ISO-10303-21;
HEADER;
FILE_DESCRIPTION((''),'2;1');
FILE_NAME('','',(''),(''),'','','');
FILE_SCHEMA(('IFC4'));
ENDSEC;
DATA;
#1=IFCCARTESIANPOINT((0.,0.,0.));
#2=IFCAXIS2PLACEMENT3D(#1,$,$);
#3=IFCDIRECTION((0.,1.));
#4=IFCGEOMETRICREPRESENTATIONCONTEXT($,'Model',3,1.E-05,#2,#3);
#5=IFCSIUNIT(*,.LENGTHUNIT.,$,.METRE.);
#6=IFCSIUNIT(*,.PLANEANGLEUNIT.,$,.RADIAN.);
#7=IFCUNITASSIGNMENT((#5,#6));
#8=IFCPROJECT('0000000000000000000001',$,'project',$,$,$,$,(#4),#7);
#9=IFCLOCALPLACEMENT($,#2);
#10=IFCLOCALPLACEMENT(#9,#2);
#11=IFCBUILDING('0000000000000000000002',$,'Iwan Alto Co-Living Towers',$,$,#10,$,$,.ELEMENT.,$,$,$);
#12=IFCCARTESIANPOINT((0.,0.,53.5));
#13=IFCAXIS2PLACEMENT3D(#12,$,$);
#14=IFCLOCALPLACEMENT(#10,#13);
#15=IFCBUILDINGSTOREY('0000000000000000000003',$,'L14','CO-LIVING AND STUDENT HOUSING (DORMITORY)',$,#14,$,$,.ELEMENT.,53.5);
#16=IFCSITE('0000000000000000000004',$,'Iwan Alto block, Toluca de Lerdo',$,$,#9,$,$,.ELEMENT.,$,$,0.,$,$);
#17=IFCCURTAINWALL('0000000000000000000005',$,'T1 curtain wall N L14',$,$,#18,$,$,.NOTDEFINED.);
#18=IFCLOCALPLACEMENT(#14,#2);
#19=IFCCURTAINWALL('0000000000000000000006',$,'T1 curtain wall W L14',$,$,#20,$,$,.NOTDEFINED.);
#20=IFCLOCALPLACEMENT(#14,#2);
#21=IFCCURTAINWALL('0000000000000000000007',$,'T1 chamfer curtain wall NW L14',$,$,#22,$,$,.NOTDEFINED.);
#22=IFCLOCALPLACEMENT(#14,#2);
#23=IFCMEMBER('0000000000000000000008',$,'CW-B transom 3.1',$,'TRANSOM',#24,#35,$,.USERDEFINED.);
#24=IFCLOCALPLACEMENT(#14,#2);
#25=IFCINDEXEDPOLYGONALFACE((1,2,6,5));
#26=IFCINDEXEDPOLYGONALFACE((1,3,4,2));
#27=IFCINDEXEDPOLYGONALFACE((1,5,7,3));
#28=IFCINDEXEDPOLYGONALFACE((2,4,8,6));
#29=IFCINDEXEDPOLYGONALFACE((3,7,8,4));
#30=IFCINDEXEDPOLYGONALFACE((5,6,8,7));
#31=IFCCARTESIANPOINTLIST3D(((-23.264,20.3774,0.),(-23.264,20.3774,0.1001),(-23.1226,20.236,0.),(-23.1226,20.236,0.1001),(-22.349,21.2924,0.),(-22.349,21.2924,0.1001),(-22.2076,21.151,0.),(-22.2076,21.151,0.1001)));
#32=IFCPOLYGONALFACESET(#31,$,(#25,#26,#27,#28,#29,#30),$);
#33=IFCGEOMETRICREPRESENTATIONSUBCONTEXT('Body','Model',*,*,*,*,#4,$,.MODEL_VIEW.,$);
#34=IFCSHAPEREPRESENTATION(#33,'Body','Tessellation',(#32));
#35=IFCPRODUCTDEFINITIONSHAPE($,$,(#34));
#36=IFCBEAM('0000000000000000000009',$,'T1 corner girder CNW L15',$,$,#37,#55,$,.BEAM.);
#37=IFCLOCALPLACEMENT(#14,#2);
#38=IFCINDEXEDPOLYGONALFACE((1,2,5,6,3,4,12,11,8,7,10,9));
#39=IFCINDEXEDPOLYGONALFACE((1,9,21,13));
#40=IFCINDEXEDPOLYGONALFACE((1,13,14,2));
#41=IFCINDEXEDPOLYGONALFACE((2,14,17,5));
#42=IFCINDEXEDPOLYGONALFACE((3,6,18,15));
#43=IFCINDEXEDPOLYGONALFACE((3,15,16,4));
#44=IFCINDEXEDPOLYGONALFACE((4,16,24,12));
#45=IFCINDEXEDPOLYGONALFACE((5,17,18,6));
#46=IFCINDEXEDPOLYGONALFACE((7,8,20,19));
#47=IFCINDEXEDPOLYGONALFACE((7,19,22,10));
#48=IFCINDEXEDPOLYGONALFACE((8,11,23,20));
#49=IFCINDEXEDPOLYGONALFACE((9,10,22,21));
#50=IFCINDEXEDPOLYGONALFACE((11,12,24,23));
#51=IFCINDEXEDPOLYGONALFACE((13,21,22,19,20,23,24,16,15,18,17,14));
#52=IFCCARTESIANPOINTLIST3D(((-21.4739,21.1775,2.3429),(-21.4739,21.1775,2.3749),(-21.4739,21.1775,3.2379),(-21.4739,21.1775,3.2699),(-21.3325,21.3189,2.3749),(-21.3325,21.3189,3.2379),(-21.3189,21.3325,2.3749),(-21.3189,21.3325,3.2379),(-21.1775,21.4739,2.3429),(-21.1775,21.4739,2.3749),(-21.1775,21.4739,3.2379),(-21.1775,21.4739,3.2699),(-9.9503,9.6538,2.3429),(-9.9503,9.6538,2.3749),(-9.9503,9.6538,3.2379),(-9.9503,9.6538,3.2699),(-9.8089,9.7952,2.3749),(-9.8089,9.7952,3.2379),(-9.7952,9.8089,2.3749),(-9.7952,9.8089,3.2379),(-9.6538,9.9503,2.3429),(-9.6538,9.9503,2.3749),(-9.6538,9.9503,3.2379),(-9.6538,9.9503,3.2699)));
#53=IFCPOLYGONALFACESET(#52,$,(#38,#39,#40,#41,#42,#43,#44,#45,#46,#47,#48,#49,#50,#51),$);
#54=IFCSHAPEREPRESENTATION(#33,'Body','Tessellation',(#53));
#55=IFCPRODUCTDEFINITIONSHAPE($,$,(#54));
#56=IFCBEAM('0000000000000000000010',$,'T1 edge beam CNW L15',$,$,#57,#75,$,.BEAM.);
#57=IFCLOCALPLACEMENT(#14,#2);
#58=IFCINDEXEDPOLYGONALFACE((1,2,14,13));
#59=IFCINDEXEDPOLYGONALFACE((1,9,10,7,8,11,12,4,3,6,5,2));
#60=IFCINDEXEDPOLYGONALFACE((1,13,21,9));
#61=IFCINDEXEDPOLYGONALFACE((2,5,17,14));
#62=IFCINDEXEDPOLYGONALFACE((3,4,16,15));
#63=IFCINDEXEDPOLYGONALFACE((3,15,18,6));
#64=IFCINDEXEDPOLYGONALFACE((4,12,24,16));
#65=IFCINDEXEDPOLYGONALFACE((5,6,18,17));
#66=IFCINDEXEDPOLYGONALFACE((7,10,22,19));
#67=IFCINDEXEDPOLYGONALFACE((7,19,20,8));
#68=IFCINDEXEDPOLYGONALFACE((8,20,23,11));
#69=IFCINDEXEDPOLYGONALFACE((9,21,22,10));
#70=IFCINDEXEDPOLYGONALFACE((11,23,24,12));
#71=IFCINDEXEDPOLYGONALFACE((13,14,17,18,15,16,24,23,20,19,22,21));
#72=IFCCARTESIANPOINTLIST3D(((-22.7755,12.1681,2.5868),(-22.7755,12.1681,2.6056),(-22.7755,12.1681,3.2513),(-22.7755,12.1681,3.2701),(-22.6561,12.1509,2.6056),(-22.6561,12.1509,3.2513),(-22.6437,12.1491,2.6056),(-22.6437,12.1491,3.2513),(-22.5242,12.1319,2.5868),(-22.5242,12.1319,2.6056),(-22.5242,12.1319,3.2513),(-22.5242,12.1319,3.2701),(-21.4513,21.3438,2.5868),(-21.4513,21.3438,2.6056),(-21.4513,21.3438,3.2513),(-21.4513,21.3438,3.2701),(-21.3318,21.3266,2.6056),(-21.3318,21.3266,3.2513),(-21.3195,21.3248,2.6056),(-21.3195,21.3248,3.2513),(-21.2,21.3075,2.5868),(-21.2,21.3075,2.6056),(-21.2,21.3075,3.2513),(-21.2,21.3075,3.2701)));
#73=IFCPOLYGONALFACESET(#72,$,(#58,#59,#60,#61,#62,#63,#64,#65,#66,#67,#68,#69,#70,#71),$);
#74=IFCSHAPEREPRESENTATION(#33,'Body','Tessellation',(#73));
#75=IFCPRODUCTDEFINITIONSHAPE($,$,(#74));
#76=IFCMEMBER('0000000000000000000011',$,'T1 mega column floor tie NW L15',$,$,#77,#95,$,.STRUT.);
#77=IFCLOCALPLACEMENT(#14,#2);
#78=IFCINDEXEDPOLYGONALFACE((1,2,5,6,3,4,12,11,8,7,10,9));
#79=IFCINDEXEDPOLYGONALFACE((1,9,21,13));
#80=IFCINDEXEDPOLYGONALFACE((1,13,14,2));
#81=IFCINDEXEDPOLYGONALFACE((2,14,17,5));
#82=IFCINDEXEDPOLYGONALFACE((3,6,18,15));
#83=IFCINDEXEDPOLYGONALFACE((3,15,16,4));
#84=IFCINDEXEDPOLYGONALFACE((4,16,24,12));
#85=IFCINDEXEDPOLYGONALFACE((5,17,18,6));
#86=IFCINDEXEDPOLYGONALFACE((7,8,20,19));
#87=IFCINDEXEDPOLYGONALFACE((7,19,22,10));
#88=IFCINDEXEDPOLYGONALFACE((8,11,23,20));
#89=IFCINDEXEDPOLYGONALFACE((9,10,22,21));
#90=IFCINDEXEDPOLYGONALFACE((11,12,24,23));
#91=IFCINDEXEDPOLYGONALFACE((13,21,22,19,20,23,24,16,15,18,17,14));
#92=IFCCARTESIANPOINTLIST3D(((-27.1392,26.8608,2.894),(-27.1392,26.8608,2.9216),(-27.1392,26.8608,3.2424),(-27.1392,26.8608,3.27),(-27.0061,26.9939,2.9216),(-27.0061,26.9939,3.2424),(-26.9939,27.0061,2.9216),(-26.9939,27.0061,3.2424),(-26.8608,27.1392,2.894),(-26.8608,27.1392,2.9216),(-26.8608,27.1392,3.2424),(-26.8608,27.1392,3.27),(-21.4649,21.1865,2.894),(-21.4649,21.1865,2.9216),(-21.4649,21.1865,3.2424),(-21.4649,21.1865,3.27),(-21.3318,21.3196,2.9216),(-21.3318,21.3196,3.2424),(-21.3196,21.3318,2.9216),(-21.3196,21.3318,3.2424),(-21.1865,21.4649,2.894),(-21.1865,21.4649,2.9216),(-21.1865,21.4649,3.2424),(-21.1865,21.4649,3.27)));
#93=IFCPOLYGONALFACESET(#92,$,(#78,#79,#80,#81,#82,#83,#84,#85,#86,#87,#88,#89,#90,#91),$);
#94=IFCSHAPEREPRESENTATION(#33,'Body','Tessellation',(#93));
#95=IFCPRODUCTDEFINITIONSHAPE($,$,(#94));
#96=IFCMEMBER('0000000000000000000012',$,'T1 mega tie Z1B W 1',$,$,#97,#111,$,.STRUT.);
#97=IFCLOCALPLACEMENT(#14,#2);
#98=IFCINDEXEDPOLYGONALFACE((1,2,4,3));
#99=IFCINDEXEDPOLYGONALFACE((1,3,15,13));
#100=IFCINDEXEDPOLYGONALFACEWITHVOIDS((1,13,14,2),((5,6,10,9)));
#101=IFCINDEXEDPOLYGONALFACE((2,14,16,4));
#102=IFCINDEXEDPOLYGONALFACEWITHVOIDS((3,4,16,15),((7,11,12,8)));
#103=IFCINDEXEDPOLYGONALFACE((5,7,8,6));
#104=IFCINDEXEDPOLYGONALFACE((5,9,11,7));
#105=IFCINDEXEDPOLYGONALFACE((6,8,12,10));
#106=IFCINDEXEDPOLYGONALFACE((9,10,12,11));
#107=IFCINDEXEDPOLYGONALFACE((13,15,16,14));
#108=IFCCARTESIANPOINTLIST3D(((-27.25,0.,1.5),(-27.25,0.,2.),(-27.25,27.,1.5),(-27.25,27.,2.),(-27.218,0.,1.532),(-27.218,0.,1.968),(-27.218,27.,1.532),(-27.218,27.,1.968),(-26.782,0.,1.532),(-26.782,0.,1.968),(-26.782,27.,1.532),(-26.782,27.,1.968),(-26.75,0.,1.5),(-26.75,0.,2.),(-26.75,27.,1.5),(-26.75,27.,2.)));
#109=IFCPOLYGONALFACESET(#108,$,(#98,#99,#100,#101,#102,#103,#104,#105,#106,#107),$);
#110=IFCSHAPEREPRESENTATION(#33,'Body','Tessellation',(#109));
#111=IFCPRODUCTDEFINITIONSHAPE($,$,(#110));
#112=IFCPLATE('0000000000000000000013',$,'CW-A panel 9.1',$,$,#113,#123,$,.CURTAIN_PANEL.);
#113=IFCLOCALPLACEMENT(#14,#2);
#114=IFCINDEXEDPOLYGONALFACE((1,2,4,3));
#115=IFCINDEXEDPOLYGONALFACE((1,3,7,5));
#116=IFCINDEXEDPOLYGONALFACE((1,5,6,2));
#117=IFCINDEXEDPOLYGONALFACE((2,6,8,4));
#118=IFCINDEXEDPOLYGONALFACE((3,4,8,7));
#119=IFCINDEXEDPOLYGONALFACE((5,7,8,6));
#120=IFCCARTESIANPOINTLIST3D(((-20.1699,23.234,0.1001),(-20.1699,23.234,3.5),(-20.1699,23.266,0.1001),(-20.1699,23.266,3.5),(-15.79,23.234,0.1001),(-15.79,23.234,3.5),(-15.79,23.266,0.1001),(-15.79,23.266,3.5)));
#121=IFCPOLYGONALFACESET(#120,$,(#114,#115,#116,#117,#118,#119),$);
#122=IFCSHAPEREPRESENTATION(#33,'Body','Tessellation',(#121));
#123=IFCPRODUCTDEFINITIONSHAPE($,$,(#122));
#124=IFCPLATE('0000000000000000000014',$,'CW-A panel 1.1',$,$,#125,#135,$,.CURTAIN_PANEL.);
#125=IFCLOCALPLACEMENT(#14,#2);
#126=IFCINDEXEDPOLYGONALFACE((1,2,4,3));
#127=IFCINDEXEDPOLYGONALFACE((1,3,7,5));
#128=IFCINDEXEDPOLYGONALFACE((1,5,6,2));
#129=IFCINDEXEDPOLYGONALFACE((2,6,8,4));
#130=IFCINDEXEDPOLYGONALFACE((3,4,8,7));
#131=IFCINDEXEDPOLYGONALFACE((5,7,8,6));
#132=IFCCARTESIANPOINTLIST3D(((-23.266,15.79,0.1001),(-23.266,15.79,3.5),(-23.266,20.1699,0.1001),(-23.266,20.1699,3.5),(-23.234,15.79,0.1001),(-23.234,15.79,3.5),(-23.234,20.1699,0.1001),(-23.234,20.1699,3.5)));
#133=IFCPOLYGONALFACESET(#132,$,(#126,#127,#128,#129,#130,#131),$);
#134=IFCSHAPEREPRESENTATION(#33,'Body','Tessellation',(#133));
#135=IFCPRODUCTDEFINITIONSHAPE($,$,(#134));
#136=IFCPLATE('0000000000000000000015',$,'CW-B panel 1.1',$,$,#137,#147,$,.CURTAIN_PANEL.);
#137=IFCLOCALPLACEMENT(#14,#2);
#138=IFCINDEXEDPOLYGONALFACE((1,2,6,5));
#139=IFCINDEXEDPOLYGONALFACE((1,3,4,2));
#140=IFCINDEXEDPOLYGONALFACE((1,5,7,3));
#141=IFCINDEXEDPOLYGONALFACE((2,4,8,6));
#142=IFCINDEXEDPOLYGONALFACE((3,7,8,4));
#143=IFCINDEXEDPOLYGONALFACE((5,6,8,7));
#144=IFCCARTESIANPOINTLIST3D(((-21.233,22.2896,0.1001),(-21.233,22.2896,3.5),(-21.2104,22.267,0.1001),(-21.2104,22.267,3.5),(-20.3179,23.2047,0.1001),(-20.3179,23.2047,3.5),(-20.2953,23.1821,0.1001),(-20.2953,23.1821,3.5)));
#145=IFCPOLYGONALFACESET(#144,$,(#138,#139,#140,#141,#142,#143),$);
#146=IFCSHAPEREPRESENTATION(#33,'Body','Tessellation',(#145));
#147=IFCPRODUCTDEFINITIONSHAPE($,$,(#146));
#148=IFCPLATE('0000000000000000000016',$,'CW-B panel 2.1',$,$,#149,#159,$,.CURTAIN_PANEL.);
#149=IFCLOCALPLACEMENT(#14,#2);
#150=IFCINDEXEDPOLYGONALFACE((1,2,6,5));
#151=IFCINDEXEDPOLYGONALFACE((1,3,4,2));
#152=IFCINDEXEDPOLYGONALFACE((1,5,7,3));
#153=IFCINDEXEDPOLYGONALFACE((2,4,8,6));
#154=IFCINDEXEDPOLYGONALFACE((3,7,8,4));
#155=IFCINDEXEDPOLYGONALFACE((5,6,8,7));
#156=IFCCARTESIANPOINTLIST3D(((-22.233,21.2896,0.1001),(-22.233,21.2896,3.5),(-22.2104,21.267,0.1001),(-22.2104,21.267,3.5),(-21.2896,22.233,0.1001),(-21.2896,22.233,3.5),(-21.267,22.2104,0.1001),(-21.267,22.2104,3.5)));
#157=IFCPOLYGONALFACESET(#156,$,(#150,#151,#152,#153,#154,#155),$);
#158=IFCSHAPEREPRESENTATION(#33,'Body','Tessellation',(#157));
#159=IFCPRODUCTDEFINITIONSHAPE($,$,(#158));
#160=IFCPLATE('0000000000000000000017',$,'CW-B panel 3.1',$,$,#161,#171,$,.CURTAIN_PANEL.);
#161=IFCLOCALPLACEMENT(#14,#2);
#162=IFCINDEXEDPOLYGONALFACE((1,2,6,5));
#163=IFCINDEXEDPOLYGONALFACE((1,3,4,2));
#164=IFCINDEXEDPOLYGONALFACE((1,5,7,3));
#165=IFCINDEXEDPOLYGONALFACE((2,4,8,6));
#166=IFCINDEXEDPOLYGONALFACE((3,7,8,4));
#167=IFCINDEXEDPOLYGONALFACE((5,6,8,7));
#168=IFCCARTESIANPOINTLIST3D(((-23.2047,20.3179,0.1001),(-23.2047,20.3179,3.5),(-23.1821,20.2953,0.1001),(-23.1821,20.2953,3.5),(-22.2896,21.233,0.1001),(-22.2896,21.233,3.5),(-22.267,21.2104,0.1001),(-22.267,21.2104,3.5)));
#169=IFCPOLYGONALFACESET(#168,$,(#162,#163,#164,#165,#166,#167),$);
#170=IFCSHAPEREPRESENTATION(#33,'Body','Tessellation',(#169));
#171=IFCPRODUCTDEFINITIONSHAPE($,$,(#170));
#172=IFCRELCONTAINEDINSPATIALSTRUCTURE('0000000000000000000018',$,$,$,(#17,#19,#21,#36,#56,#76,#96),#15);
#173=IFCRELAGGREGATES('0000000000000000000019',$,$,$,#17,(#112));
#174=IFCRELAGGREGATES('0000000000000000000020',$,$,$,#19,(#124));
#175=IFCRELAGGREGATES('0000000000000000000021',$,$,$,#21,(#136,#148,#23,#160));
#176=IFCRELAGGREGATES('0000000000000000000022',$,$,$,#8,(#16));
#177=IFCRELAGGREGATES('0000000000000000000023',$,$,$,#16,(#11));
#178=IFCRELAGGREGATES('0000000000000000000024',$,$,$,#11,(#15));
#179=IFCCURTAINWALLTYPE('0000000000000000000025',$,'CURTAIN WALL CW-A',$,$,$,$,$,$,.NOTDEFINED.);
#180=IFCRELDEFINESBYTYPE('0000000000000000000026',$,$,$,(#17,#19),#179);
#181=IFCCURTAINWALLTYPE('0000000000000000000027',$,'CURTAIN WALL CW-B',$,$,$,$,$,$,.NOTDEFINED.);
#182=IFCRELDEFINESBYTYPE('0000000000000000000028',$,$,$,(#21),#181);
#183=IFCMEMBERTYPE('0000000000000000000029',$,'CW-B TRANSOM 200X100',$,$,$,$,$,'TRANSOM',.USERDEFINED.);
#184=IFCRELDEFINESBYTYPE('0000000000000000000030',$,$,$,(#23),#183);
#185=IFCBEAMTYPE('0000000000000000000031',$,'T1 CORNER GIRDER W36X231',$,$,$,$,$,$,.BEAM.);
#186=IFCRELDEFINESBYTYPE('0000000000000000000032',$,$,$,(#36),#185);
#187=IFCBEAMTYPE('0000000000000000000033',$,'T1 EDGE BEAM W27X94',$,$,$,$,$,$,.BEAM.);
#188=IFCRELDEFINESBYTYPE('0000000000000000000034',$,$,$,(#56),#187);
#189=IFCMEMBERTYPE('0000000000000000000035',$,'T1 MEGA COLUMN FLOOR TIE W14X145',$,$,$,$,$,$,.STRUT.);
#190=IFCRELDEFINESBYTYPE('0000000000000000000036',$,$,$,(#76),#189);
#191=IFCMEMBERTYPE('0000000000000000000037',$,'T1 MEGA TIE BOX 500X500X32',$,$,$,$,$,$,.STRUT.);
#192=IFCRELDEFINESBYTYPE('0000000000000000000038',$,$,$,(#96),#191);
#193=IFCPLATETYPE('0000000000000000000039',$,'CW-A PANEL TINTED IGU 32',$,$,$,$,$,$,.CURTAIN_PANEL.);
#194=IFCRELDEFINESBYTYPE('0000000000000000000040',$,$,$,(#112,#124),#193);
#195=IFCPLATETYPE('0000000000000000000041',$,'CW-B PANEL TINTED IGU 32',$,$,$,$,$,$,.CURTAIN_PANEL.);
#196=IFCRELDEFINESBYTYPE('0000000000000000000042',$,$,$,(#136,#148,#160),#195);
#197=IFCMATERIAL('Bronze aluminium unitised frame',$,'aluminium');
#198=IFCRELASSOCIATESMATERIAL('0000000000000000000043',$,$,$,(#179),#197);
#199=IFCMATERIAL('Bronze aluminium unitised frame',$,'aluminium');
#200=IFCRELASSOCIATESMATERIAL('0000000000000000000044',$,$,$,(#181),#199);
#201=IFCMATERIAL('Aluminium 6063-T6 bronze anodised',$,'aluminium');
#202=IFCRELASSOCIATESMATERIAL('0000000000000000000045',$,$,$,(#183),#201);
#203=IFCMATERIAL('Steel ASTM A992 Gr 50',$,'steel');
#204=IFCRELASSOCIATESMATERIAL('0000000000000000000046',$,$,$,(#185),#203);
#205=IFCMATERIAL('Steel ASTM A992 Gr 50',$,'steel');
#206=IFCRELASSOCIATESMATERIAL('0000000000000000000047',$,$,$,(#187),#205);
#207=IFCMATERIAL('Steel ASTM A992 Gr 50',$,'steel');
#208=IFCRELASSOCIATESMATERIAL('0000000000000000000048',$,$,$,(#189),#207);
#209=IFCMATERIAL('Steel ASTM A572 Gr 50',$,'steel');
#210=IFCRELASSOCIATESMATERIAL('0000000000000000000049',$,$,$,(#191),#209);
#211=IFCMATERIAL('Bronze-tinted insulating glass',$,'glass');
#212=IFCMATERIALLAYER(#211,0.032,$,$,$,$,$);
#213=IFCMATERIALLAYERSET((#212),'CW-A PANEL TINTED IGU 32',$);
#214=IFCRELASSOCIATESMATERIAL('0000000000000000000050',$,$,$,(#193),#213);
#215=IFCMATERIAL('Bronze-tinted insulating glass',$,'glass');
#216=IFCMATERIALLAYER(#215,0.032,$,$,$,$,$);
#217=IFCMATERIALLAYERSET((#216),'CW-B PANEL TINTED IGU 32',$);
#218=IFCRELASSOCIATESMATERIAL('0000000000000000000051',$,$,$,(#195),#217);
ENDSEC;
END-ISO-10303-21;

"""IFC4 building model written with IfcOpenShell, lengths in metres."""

from ifc_helpers import new_model, si_unit, direction, frame, origin, origin_2d, place, context, subcontext, project, spatial, rectangle, hollow_rectangle, i_section, extrude, material, layer, layer_set, material_profile, profile_set, type_object, element, aggregate, save


model = new_model("IFC4")

# Units and contexts
model_context = context("Model", 3, precision=1e-05, world=origin(), true_north=direction((0.0, 1.0)))
body_context = subcontext(model_context, "Body", "Model", "MODEL_VIEW")
ifc_project = project(units=[si_unit("LENGTHUNIT", "METRE"), si_unit("PLANEANGLEUNIT", "RADIAN")], contexts=[model_context])

# Site, building, storey
site_placement = place(None, origin())
site = spatial("IfcSite", under=ifc_project, at=site_placement, Name="Iwan Alto block, Toluca de Lerdo", CompositionType="ELEMENT", RefElevation=0.0)
building_placement = place(site_placement, origin())
building = spatial("IfcBuilding", under=site, at=building_placement, Name="Iwan Alto Co-Living Towers", CompositionType="ELEMENT")
storey_placement = place(building_placement, frame((0.0, 0.0, 53.5)))
storey = spatial("IfcBuildingStorey", under=building, at=storey_placement, Name="L14", Description="CO-LIVING AND STUDENT HOUSING (DORMITORY)", CompositionType="ELEMENT", Elevation=53.5)

# Curtain walls
ifc_material_1 = material(Name="Bronze aluminium unitised frame", Category="aluminium")
curtain_wall_type_1 = type_object("IfcCurtainWallType", Name="CURTAIN WALL CW-A", PredefinedType="NOTDEFINED", material=ifc_material_1)
curtain_wall_1_placement = place(storey_placement, origin())
curtain_wall_1 = element("IfcCurtainWall", 1, at=curtain_wall_1_placement, inside=storey, type_object=curtain_wall_type_1, Name="T1 curtain wall N L14", PredefinedType="NOTDEFINED")
curtain_wall_2_placement = place(storey_placement, origin())
curtain_wall_2 = element("IfcCurtainWall", 2, at=curtain_wall_2_placement, inside=storey, type_object=curtain_wall_type_1, Name="T1 curtain wall W L14", PredefinedType="NOTDEFINED")

# Curtain wall, member
ifc_material_2 = material(Name="Bronze aluminium unitised frame", Category="aluminium")
curtain_wall_type_2 = type_object("IfcCurtainWallType", Name="CURTAIN WALL CW-B", PredefinedType="NOTDEFINED", material=ifc_material_2)
curtain_wall_3_placement = place(storey_placement, origin())
curtain_wall_3 = element("IfcCurtainWall", 3, at=curtain_wall_3_placement, inside=storey, type_object=curtain_wall_type_2, Name="T1 chamfer curtain wall NW L14", PredefinedType="NOTDEFINED")
ifc_material_3 = material(Name="Aluminium 6063-T6 bronze anodised", Category="aluminium")
ifc_material_profile_1 = material_profile(ifc_material_3, rectangle(XDim=0.2, YDim=0.1001, at=origin_2d()), Name="AL 200X100")
ifc_profile_set_1 = profile_set([ifc_material_profile_1], Name="Aluminium 6063-T6 bronze anodised")
member_type_1 = type_object("IfcMemberType", Name="CW-B TRANSOM 200X100", ElementType="TRANSOM", PredefinedType="USERDEFINED", material=ifc_profile_set_1)
member_1_placement = place(storey_placement, frame((-22.2783, 21.2217, 0.05), z_axis=(-0.707107, -0.707107, 0.0), x_axis=(0.707107, -0.707107, 0.0)))
member_1 = element("IfcMember", 4, at=member_1_placement, type_object=member_type_1, Name="CW-B transom 3.1", ObjectType="TRANSOM", PredefinedType="USERDEFINED", context=body_context, shape_type="SweptSolid", body=[
    extrude(rectangle(XDim=0.2, YDim=0.1001, at=origin_2d()), origin(), (0.0, 0.0, 1.0), 1.2939),
])

# Beams
ifc_material_4 = material(Name="Steel ASTM A992 Gr 50", Category="steel")
ifc_material_profile_2 = material_profile(ifc_material_4, i_section(OverallWidth=0.4192, OverallDepth=0.927, WebThickness=0.0193, FlangeThickness=0.032, at=origin_2d()), Name="W36X231")
ifc_profile_set_2 = profile_set([ifc_material_profile_2], Name="Steel ASTM A992 Gr 50")
beam_type_1 = type_object("IfcBeamType", Name="T1 CORNER GIRDER W36X231", PredefinedType="BEAM", material=ifc_profile_set_2)
beam_1_placement = place(storey_placement, frame((-21.3257, 21.3257, 2.8064), z_axis=(0.707107, -0.707107, 0.0), x_axis=(0.707107, 0.707107, 0.0)))
element("IfcBeam", 5, at=beam_1_placement, inside=storey, type_object=beam_type_1, Name="T1 corner girder CNW L15", PredefinedType="BEAM", context=body_context, shape_type="SweptSolid", body=[
    extrude(i_section(OverallWidth=0.4192, OverallDepth=0.927, WebThickness=0.0193, FlangeThickness=0.032, at=origin_2d()), origin(), (0.0, 0.0, 1.0), 16.2969),
])
ifc_material_5 = material(Name="Steel ASTM A992 Gr 50", Category="steel")
ifc_material_profile_3 = material_profile(ifc_material_5, i_section(OverallWidth=0.2539, OverallDepth=0.6833, WebThickness=0.0125, FlangeThickness=0.0188, at=origin_2d()), Name="W27X94")
ifc_profile_set_3 = profile_set([ifc_material_profile_3], Name="Steel ASTM A992 Gr 50")
beam_type_2 = type_object("IfcBeamType", Name="T1 EDGE BEAM W27X94", PredefinedType="BEAM", material=ifc_profile_set_3)
beam_2_placement = place(storey_placement, frame((-21.3257, 21.3257, 2.9285), z_axis=(-0.142837, -0.989746, 0.0), x_axis=(0.989746, -0.142837, 0.0)))
element("IfcBeam", 6, at=beam_2_placement, inside=storey, type_object=beam_type_2, Name="T1 edge beam CNW L15", PredefinedType="BEAM", context=body_context, shape_type="SweptSolid", body=[
    extrude(i_section(OverallWidth=0.2539, OverallDepth=0.6833, WebThickness=0.0125, FlangeThickness=0.0188, at=origin_2d()), origin(), (0.0, 0.0, 1.0), 9.2708),
])

# Members
ifc_material_6 = material(Name="Steel ASTM A992 Gr 50", Category="steel")
ifc_material_profile_4 = material_profile(ifc_material_6, i_section(OverallWidth=0.3938, OverallDepth=0.376, WebThickness=0.0173, FlangeThickness=0.0276, at=origin_2d()), Name="W14X145")
ifc_profile_set_4 = profile_set([ifc_material_profile_4], Name="Steel ASTM A992 Gr 50")
member_type_2 = type_object("IfcMemberType", Name="T1 MEGA COLUMN FLOOR TIE W14X145", PredefinedType="STRUT", material=ifc_profile_set_4)
member_2_placement = place(storey_placement, frame((-27.0, 27.0, 3.082), z_axis=(0.707107, -0.707107, 0.0), x_axis=(0.707107, 0.707107, 0.0)))
element("IfcMember", 7, at=member_2_placement, inside=storey, type_object=member_type_2, Name="T1 mega column floor tie NW L15", PredefinedType="STRUT", context=body_context, shape_type="SweptSolid", body=[
    extrude(i_section(OverallWidth=0.3938, OverallDepth=0.376, WebThickness=0.0173, FlangeThickness=0.0276, at=origin_2d()), origin(), (0.0, 0.0, 1.0), 8.0247),
])
ifc_material_7 = material(Name="Steel ASTM A572 Gr 50", Category="steel")
ifc_material_profile_5 = material_profile(ifc_material_7, hollow_rectangle(XDim=0.5, YDim=0.5, WallThickness=0.032, at=origin_2d()), Name="BOX 500X500X32")
ifc_profile_set_5 = profile_set([ifc_material_profile_5], Name="Steel ASTM A572 Gr 50")
member_type_3 = type_object("IfcMemberType", Name="T1 MEGA TIE BOX 500X500X32", PredefinedType="STRUT", material=ifc_profile_set_5)
member_3_placement = place(storey_placement, frame((-27.0, 27.0, 1.75), z_axis=(0.0, -1.0, 0.0), x_axis=(1.0, 0.0, 0.0)))
element("IfcMember", 8, at=member_3_placement, inside=storey, type_object=member_type_3, Name="T1 mega tie Z1B W 1", PredefinedType="STRUT", context=body_context, shape_type="SweptSolid", body=[
    extrude(hollow_rectangle(XDim=0.5, YDim=0.5, WallThickness=0.032, at=origin_2d()), origin(), (0.0, 0.0, 1.0), 27.0),
])

# Plates
ifc_material_8 = material(Name="Bronze-tinted insulating glass", Category="glass")
ifc_layer_1 = layer(ifc_material_8, 0.032)
ifc_layer_set_1 = layer_set([ifc_layer_1], Name="CW-A PANEL TINTED IGU 32")
plate_type_1 = type_object("IfcPlateType", Name="CW-A PANEL TINTED IGU 32", PredefinedType="CURTAIN_PANEL", material=ifc_layer_set_1)
plate_1_placement = place(storey_placement, frame((-17.98, 23.25, 0.1001), z_axis=(0.0, 0.0, 1.0), x_axis=(-1.0, 0.0, 0.0)))
plate_1 = element("IfcPlate", 9, at=plate_1_placement, type_object=plate_type_1, Name="CW-A panel 9.1", PredefinedType="CURTAIN_PANEL", context=body_context, shape_type="SweptSolid", body=[
    extrude(rectangle(XDim=4.3799, YDim=0.032, at=origin_2d()), origin(), (0.0, 0.0, 1.0), 3.3999),
])
aggregate(curtain_wall_1, [plate_1])
plate_2_placement = place(storey_placement, frame((-23.25, 17.98, 0.1001), z_axis=(0.0, 0.0, 1.0), x_axis=(0.0, -1.0, 0.0)))
plate_2 = element("IfcPlate", 10, at=plate_2_placement, type_object=plate_type_1, Name="CW-A panel 1.1", PredefinedType="CURTAIN_PANEL", context=body_context, shape_type="SweptSolid", body=[
    extrude(rectangle(XDim=4.3799, YDim=0.032, at=origin_2d()), origin(), (0.0, 0.0, 1.0), 3.3999),
])
aggregate(curtain_wall_2, [plate_2])
ifc_material_9 = material(Name="Bronze-tinted insulating glass", Category="glass")
ifc_layer_2 = layer(ifc_material_9, 0.032)
ifc_layer_set_2 = layer_set([ifc_layer_2], Name="CW-B PANEL TINTED IGU 32")
plate_type_2 = type_object("IfcPlateType", Name="CW-B PANEL TINTED IGU 32", PredefinedType="CURTAIN_PANEL", material=ifc_layer_set_2)
plate_3_placement = place(storey_placement, frame((-20.7642, 22.7358, 0.1001), z_axis=(0.0, 0.0, 1.0), x_axis=(-0.707107, -0.707107, 0.0)))
plate_3 = element("IfcPlate", 11, at=plate_3_placement, type_object=plate_type_2, Name="CW-B panel 1.1", PredefinedType="CURTAIN_PANEL", context=body_context, shape_type="SweptSolid", body=[
    extrude(rectangle(XDim=1.2942, YDim=0.032, at=origin_2d()), origin(), (0.0, 0.0, 1.0), 3.3999),
])
plate_4_placement = place(storey_placement, frame((-21.75, 21.75, 0.1001), z_axis=(0.0, 0.0, 1.0), x_axis=(-0.707107, -0.707107, 0.0)))
plate_4 = element("IfcPlate", 12, at=plate_4_placement, type_object=plate_type_2, Name="CW-B panel 2.1", PredefinedType="CURTAIN_PANEL", context=body_context, shape_type="SweptSolid", body=[
    extrude(rectangle(XDim=1.3342, YDim=0.032, at=origin_2d()), origin(), (0.0, 0.0, 1.0), 3.3999),
])
plate_5_placement = place(storey_placement, frame((-22.7358, 20.7642, 0.1001), z_axis=(0.0, 0.0, 1.0), x_axis=(-0.707107, -0.707107, 0.0)))
plate_5 = element("IfcPlate", 13, at=plate_5_placement, type_object=plate_type_2, Name="CW-B panel 3.1", PredefinedType="CURTAIN_PANEL", context=body_context, shape_type="SweptSolid", body=[
    extrude(rectangle(XDim=1.2942, YDim=0.032, at=origin_2d()), origin(), (0.0, 0.0, 1.0), 3.3999),
])
aggregate(curtain_wall_3, [plate_3, plate_4, member_1, plate_5])

save(model, "model.ifc")
